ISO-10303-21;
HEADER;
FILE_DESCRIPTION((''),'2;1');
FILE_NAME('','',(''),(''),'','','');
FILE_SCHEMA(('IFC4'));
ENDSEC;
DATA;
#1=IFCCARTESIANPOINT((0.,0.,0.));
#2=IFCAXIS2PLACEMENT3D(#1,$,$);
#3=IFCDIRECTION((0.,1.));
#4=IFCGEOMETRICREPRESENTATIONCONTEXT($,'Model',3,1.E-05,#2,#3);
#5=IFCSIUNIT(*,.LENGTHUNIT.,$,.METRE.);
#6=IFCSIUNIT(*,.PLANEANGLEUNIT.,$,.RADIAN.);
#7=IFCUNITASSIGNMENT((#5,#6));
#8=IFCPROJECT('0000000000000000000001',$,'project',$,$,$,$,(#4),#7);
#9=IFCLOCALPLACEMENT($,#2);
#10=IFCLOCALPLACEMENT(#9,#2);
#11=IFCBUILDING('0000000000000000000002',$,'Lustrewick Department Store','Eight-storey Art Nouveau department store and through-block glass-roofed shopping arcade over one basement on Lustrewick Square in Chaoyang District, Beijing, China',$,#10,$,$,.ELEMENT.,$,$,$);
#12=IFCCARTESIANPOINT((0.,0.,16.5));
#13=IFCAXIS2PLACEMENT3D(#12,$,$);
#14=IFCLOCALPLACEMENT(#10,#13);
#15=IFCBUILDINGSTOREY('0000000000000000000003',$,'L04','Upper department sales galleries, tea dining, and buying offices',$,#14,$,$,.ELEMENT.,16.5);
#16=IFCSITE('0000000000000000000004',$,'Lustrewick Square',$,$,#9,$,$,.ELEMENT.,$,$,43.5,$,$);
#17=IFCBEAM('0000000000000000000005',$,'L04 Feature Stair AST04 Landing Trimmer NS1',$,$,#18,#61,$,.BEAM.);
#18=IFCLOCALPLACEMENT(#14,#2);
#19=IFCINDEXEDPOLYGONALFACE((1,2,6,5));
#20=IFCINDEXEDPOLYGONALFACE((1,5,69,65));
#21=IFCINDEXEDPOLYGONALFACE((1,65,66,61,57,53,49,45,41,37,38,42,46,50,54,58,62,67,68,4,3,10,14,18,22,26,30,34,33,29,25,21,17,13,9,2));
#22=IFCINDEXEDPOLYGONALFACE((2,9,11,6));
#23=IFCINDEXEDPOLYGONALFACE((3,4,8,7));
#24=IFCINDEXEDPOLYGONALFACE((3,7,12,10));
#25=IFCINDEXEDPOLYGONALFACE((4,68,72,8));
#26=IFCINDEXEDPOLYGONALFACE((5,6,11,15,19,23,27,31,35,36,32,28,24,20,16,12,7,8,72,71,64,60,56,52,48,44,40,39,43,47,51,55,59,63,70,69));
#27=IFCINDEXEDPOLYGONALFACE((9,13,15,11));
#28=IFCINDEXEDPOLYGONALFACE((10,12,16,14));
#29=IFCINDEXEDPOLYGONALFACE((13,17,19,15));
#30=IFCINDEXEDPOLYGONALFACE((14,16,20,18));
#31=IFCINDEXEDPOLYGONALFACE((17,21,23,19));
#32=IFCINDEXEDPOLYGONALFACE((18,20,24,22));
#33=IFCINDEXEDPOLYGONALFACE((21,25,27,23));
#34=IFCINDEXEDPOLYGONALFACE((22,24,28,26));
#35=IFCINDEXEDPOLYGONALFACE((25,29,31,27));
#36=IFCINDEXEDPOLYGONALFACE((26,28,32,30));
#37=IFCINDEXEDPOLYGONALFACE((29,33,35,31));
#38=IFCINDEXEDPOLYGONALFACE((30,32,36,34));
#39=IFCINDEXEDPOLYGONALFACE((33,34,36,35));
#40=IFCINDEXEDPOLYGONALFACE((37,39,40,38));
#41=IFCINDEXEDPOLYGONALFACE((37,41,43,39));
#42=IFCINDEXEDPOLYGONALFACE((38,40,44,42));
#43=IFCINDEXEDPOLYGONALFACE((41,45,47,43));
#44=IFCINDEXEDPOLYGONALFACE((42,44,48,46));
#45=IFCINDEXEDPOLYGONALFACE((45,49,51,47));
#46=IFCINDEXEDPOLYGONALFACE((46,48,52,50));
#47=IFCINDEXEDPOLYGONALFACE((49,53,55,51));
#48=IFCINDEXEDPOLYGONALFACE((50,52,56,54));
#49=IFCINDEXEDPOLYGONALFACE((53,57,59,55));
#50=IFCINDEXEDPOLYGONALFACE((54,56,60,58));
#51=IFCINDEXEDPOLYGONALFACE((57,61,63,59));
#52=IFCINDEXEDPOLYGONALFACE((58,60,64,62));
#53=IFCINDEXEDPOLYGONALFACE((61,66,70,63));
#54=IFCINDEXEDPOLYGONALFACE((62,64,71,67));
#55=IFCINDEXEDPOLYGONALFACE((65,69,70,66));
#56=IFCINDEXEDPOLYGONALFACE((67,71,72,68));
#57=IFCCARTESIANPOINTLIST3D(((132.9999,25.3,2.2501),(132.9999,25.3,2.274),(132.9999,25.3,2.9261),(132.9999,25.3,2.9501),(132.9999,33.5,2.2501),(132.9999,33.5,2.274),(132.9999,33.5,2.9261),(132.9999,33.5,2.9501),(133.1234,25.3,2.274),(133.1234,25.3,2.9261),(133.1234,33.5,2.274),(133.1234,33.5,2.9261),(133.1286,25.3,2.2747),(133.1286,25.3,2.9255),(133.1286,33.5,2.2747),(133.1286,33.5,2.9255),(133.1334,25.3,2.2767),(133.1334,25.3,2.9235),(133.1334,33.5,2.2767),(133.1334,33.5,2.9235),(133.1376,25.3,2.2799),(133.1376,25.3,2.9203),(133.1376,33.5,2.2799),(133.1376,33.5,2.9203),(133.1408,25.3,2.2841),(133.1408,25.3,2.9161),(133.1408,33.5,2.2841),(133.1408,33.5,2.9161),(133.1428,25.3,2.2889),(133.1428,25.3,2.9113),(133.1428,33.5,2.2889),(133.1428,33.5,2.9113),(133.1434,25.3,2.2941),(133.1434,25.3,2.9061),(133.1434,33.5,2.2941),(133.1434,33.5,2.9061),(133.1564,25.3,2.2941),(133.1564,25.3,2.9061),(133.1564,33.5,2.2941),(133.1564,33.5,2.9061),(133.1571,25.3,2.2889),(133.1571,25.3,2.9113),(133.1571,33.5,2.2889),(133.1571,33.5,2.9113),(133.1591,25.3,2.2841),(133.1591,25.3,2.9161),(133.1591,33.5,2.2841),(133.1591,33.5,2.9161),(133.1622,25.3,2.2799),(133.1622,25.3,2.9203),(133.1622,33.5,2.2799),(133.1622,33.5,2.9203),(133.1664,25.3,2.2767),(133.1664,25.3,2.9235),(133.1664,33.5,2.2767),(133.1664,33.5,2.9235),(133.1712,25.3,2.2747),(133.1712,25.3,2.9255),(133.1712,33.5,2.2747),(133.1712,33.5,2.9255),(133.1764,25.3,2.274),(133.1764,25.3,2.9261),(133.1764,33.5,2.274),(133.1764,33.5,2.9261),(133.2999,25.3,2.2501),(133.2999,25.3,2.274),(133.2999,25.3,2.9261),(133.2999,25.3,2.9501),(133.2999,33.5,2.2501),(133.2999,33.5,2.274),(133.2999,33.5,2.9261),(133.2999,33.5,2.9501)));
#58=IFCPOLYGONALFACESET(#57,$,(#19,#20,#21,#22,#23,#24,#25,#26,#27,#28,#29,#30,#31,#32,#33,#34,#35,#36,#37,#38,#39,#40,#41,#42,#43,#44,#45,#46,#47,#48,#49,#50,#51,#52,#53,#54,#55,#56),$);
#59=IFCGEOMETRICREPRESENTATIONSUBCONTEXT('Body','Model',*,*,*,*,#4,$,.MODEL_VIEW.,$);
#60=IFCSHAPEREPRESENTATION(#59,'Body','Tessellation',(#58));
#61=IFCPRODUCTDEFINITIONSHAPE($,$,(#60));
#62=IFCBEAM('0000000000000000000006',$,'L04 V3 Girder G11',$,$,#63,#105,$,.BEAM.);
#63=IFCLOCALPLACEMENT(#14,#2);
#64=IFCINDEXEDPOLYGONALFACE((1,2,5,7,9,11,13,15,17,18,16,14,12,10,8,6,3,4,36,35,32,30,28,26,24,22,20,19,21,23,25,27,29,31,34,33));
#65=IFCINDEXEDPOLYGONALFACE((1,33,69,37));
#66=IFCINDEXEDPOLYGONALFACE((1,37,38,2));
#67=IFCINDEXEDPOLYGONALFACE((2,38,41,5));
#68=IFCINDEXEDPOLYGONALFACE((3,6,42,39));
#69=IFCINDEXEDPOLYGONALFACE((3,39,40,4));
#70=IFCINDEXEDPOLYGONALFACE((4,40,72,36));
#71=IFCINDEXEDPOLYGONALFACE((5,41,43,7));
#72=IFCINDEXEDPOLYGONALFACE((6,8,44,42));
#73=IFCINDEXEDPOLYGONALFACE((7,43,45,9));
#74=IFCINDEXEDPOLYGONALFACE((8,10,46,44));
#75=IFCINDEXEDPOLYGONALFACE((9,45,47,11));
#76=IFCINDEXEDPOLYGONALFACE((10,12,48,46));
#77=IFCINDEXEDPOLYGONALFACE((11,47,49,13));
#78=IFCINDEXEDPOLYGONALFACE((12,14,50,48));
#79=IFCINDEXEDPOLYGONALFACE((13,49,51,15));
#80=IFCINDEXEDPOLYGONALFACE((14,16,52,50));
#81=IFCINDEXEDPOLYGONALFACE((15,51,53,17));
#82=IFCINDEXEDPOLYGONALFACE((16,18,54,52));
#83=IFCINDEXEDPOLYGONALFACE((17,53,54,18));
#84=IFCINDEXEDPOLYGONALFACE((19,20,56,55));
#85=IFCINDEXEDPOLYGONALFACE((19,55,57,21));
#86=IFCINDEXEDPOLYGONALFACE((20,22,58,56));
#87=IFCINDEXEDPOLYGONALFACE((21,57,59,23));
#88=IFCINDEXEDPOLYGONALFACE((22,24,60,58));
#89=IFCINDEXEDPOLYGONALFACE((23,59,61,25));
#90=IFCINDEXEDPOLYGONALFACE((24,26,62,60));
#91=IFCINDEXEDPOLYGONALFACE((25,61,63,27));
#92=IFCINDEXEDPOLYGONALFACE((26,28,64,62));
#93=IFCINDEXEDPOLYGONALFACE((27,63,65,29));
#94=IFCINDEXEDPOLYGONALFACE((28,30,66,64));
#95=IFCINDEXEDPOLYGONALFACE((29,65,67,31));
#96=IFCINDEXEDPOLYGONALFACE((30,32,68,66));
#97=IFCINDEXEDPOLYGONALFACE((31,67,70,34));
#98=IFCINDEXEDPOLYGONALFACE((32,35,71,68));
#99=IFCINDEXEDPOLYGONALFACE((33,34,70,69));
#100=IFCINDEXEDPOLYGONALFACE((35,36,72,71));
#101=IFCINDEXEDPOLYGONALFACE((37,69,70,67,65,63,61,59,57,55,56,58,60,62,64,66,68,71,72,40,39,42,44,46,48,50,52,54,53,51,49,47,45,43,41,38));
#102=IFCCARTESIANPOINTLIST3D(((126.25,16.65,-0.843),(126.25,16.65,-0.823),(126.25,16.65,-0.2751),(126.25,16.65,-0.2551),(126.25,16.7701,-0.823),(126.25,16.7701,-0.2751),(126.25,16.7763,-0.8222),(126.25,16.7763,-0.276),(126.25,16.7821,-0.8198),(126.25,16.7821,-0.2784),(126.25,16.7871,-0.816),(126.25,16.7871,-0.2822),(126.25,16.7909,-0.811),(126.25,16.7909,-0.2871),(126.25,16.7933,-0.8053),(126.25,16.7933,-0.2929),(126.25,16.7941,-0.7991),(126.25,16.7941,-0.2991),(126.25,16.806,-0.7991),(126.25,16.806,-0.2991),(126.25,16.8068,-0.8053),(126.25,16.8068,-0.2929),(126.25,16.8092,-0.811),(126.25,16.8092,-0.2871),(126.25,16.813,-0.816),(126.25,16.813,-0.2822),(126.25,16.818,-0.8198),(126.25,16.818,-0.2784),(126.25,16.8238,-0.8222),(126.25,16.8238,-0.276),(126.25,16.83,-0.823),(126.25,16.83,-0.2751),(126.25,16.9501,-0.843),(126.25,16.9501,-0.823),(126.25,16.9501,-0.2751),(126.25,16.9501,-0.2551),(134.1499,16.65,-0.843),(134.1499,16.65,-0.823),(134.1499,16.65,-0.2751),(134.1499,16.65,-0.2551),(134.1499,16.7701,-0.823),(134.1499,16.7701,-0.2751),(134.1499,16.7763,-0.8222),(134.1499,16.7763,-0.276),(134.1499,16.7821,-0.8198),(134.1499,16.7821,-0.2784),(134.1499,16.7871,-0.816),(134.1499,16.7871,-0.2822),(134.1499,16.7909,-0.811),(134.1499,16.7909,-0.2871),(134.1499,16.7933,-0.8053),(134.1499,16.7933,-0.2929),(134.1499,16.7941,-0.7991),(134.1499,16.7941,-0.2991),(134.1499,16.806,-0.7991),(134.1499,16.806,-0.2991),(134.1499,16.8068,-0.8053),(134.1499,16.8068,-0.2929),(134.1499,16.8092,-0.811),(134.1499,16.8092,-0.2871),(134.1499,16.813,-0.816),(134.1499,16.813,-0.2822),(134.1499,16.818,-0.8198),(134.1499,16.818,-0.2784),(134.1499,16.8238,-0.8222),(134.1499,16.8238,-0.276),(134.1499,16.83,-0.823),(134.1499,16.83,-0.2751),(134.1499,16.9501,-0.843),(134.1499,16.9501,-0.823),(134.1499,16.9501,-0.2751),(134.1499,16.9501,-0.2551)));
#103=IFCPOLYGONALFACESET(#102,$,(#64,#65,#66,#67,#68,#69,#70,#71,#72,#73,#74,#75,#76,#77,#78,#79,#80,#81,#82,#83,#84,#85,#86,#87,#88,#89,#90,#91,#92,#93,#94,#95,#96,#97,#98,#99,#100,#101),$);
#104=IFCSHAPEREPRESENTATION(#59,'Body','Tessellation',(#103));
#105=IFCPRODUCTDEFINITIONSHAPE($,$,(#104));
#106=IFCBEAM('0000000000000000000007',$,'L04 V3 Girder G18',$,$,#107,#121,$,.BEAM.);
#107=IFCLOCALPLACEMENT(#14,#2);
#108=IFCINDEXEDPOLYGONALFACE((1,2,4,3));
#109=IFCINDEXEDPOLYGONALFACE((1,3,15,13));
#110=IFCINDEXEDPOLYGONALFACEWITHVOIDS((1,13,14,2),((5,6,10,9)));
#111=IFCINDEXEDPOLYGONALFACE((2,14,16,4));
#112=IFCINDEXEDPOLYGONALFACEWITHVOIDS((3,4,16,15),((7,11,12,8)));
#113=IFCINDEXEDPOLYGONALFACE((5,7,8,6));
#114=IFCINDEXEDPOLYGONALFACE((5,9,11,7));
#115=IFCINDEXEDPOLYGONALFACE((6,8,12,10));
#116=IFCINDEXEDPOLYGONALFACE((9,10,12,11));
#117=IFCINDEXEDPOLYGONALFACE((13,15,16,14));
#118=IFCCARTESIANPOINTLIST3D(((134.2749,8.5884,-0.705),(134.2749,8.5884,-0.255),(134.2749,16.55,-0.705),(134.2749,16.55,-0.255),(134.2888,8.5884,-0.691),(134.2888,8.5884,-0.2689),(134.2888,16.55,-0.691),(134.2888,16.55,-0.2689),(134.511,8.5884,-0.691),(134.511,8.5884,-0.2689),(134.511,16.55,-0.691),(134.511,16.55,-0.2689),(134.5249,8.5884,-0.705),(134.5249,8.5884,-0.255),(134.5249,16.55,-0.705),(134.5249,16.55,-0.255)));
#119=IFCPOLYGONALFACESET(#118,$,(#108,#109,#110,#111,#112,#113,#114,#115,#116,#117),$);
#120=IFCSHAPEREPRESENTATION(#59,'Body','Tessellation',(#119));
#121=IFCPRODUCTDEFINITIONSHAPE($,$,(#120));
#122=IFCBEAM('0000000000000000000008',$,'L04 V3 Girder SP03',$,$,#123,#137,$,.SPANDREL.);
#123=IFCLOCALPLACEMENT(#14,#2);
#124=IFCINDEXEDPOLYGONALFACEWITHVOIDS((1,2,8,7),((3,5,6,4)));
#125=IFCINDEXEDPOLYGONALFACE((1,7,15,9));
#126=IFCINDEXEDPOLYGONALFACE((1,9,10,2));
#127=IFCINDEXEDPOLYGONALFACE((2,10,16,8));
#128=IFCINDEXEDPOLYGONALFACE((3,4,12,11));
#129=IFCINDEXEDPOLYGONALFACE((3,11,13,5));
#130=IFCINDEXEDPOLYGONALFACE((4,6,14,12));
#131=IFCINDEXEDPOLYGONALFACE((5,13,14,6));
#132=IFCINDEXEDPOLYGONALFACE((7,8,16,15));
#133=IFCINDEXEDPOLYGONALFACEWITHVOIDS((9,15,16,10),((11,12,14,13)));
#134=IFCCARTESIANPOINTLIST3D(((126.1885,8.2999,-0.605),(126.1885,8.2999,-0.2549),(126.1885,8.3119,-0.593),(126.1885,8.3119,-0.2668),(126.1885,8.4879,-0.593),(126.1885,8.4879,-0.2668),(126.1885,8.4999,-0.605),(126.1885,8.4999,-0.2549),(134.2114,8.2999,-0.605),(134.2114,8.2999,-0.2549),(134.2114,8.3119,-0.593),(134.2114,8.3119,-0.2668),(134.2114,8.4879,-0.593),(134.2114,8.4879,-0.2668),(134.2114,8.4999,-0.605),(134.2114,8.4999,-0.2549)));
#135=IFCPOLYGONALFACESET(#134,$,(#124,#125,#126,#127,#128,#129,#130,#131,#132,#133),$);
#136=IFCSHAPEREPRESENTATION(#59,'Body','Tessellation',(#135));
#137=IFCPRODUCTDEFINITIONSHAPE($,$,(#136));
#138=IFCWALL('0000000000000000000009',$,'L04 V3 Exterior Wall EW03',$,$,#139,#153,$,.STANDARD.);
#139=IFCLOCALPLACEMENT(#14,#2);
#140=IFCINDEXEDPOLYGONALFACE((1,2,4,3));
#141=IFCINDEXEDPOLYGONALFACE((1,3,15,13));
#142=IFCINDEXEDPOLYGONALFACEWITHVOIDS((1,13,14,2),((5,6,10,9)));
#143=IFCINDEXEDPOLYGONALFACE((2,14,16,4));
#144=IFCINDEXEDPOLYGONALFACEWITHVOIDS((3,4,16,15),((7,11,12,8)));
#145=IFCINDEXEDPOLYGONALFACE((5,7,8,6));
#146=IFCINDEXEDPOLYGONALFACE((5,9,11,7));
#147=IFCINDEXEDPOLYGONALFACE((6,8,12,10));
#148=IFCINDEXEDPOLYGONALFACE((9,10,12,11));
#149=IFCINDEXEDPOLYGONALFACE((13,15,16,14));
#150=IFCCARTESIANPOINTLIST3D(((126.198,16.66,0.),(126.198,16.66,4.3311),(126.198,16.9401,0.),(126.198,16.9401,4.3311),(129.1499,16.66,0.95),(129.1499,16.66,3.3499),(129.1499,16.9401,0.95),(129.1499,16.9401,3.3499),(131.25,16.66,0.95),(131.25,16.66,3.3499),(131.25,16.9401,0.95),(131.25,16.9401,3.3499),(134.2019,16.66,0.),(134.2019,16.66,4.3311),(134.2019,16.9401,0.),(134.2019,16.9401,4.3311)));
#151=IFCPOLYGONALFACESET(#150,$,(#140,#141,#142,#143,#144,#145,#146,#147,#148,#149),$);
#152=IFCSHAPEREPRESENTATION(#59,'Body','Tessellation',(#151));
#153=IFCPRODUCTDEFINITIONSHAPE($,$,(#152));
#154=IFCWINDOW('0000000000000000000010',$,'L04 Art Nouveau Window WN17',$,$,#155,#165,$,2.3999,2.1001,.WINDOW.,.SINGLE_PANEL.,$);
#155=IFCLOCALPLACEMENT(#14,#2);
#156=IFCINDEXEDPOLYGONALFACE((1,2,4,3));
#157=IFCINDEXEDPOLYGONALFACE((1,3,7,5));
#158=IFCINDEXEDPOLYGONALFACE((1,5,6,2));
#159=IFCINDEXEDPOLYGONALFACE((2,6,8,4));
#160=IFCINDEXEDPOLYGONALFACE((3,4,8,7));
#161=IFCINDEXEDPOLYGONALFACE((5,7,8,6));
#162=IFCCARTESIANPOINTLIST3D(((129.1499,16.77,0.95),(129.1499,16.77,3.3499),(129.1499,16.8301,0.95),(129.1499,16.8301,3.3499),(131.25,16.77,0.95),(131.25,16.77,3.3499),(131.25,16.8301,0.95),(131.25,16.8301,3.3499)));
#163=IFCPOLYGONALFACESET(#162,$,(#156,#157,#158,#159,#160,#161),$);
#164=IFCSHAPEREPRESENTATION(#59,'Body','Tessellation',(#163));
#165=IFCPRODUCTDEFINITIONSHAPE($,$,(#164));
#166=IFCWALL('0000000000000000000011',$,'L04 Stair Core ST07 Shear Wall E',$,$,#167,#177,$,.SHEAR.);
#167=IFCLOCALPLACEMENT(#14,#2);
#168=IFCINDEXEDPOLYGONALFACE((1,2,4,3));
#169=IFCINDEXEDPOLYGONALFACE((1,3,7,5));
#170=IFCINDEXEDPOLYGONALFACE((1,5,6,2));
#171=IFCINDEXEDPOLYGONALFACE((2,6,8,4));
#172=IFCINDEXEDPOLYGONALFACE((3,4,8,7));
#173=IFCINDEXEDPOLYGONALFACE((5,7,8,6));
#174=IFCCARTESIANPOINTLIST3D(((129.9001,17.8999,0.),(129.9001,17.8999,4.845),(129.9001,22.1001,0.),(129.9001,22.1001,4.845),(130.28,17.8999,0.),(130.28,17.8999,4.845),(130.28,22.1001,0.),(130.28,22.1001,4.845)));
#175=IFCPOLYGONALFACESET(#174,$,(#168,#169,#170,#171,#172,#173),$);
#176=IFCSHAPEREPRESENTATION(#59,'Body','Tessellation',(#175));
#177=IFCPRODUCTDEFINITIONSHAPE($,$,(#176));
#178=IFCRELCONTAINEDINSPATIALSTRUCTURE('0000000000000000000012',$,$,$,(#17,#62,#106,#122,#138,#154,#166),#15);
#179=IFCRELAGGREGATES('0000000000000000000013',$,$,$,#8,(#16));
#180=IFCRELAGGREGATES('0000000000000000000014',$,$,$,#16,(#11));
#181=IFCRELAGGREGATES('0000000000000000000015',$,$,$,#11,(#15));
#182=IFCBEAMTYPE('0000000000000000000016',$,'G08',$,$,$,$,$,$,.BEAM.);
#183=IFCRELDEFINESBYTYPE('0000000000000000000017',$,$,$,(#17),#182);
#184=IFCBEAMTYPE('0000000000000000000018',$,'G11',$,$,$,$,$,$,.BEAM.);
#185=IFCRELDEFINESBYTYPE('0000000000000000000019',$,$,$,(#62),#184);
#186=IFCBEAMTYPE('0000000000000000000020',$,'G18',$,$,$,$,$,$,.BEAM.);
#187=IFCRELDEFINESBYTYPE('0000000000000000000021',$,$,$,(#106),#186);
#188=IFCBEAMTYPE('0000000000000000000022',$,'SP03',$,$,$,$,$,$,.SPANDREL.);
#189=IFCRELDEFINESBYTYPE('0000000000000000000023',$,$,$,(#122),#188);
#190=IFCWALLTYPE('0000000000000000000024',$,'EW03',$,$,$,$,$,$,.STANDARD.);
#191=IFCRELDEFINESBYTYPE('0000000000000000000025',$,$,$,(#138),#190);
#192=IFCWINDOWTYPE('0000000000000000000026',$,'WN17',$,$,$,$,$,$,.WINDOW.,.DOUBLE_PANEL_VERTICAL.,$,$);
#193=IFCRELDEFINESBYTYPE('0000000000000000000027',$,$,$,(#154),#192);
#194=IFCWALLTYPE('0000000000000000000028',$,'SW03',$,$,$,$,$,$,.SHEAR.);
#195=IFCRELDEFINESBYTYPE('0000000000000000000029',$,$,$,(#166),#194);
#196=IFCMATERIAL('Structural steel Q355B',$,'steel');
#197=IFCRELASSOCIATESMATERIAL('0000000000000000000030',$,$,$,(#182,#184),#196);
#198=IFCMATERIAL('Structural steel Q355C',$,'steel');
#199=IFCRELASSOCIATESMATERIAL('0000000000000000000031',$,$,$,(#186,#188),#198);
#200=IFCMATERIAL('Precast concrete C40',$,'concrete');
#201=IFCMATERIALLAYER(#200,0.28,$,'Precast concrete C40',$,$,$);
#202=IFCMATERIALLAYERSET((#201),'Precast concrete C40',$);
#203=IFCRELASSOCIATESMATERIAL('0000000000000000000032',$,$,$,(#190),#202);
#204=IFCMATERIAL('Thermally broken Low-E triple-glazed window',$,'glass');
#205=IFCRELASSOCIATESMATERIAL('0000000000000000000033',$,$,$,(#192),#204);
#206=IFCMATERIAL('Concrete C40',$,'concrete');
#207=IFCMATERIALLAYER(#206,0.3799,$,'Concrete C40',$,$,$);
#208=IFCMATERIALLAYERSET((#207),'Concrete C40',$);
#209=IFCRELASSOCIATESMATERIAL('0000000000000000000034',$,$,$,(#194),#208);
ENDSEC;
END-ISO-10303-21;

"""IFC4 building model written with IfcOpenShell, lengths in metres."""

from ifc_helpers import new_model, si_unit, direction, frame, frame_2d, origin, origin_2d, place, context, subcontext, project, spatial, rectangle, hollow_rectangle, i_section, extrude, material, layer, layer_set, material_profile, profile_set, type_object, element, fill, save


model = new_model("IFC4")

# Units and contexts
model_context = context("Model", 3, precision=1e-05, world=origin(), true_north=direction((0.0, 1.0)))
body_context = subcontext(model_context, "Body", "Model", "MODEL_VIEW")
ifc_project = project(units=[si_unit("LENGTHUNIT", "METRE"), si_unit("PLANEANGLEUNIT", "RADIAN")], contexts=[model_context])

# Site, building, storey
site_placement = place(None, origin())
site = spatial("IfcSite", under=ifc_project, at=site_placement, Name="Lustrewick Square", CompositionType="ELEMENT", RefElevation=43.5)
building_placement = place(site_placement, origin())
building = spatial("IfcBuilding", under=site, at=building_placement, Name="Lustrewick Department Store", Description="Eight-storey Art Nouveau department store and through-block glass-roofed shopping arcade over one basement on Lustrewick Square in Chaoyang District, Beijing, China", CompositionType="ELEMENT")
storey_placement = place(building_placement, frame((0.0, 0.0, 16.5)))
storey = spatial("IfcBuildingStorey", under=building, at=storey_placement, Name="L04", Description="Upper department sales galleries, tea dining, and buying offices", CompositionType="ELEMENT", Elevation=16.5)

# Shared definitions
ifc_material_1 = material(Name="Structural steel Q355C", Category="steel")

# Beams
ifc_material_2 = material(Name="Structural steel Q355B", Category="steel")
ifc_material_profile_1 = material_profile(ifc_material_2, i_section(OverallWidth=0.3, OverallDepth=0.7, WebThickness=0.0129, FlangeThickness=0.0239, FilletRadius=0.02, at=origin_2d()), Name="HN 700x300x13x24")
ifc_profile_set_1 = profile_set([ifc_material_profile_1], Name="Structural steel Q355B")
beam_type_1 = type_object("IfcBeamType", Name="G08", PredefinedType="BEAM", material=ifc_profile_set_1)
beam_1_placement = place(storey_placement, frame((133.1499, 25.3, 2.6001), z_axis=(0.0, 1.0, 0.0), x_axis=(-1.0, 0.0, 0.0)))
element("IfcBeam", 1, at=beam_1_placement, inside=storey, type_object=beam_type_1, Name="L04 Feature Stair AST04 Landing Trimmer NS1", PredefinedType="BEAM", context=body_context, shape_type="SweptSolid", body=[
    extrude(i_section(OverallWidth=0.3, OverallDepth=0.7, WebThickness=0.0129, FlangeThickness=0.0239, FilletRadius=0.02, at=origin_2d()), origin(), (0.0, 0.0, 1.0), 8.2),
])
ifc_material_profile_2 = material_profile(ifc_material_2, i_section(OverallWidth=0.3, OverallDepth=0.5879, WebThickness=0.012, FlangeThickness=0.02, FilletRadius=0.0239, at=origin_2d()), Name="HM 588x300x12x20")
ifc_profile_set_2 = profile_set([ifc_material_profile_2], Name="Structural steel Q355B")
beam_type_2 = type_object("IfcBeamType", Name="G11", PredefinedType="BEAM", material=ifc_profile_set_2)
beam_2_placement = place(storey_placement, frame((126.25, 16.8, -0.5491), z_axis=(1.0, 0.0, 0.0), x_axis=(0.0, 1.0, 0.0)))
element("IfcBeam", 2, at=beam_2_placement, inside=storey, type_object=beam_type_2, Name="L04 V3 Girder G11", PredefinedType="BEAM", context=body_context, shape_type="SweptSolid", body=[
    extrude(i_section(OverallWidth=0.3, OverallDepth=0.5879, WebThickness=0.012, FlangeThickness=0.02, FilletRadius=0.0239, at=origin_2d()), origin(), (0.0, 0.0, 1.0), 7.8999),
])
ifc_material_profile_3 = material_profile(ifc_material_1, hollow_rectangle(XDim=0.25, YDim=0.45, WallThickness=0.0139, at=origin_2d()), Name="RHS 450x250x14")
ifc_profile_set_3 = profile_set([ifc_material_profile_3], Name="Structural steel Q355C")
beam_type_3 = type_object("IfcBeamType", Name="G18", PredefinedType="BEAM", material=ifc_profile_set_3)
beam_3_placement = place(storey_placement, frame((134.3999, 8.5884, -0.48), z_axis=(0.0, 1.0, 0.0), x_axis=(-1.0, 0.0, 0.0)))
element("IfcBeam", 3, at=beam_3_placement, inside=storey, type_object=beam_type_3, Name="L04 V3 Girder G18", PredefinedType="BEAM", context=body_context, shape_type="SweptSolid", body=[
    extrude(hollow_rectangle(XDim=0.25, YDim=0.45, WallThickness=0.0139, at=origin_2d()), origin(), (0.0, 0.0, 1.0), 7.9617),
])
ifc_material_profile_4 = material_profile(ifc_material_1, hollow_rectangle(XDim=0.2, YDim=0.3501, WallThickness=0.012, at=origin_2d()), Name="RHS 350x200x12")
ifc_profile_set_4 = profile_set([ifc_material_profile_4], Name="Structural steel Q355C")
beam_type_4 = type_object("IfcBeamType", Name="SP03", PredefinedType="SPANDREL", material=ifc_profile_set_4)
beam_4_placement = place(storey_placement, frame((126.1885, 8.3999, -0.4299), z_axis=(1.0, 0.0, 0.0), x_axis=(0.0, 1.0, 0.0)))
element("IfcBeam", 4, at=beam_4_placement, inside=storey, type_object=beam_type_4, Name="L04 V3 Girder SP03", PredefinedType="SPANDREL", context=body_context, shape_type="SweptSolid", body=[
    extrude(hollow_rectangle(XDim=0.2, YDim=0.3501, WallThickness=0.012, at=origin_2d()), origin(), (0.0, 0.0, 1.0), 8.0229),
])

# Wall, opening, window
ifc_material_3 = material(Name="Precast concrete C40", Category="concrete")
ifc_layer_1 = layer(ifc_material_3, 0.28, Name="Precast concrete C40")
ifc_layer_set_1 = layer_set([ifc_layer_1], Name="Precast concrete C40")
wall_type_1 = type_object("IfcWallType", Name="EW03", PredefinedType="STANDARD", material=ifc_layer_set_1)
wall_1_placement = place(storey_placement, frame((126.198, 16.8, 0.0), z_axis=(0.0, 0.0, 1.0), x_axis=(1.0, 0.0, 0.0)))
wall_1 = element("IfcWall", 5, at=wall_1_placement, inside=storey, type_object=wall_type_1, Name="L04 V3 Exterior Wall EW03", PredefinedType="STANDARD", context=body_context, shape_type="SweptSolid", body=[
    extrude(rectangle(XDim=8.0039, YDim=0.28, at=frame_2d((4.002, 0.0))), origin(), (0.0, 0.0, 1.0), 4.3311),
])
opening_placement = place(wall_1_placement, frame((2.9519, 0.0, 0.95)))
opening = element("IfcOpeningElement", 6, at=opening_placement, cuts=wall_1, PredefinedType="OPENING", context=body_context, shape_type="SweptSolid", body=[
    extrude(rectangle(XDim=2.1001, YDim=2.3999, at=frame_2d((1.05, 1.2))), frame((0.0, 0.1499, 0.0), z_axis=(0.0, -1.0, 0.0), x_axis=(1.0, 0.0, 0.0)), (0.0, 0.0, 1.0), 0.3),
])
ifc_material_4 = material(Name="Thermally broken Low-E triple-glazed window", Category="glass")
window_type = type_object("IfcWindowType", Name="WN17", PartitioningType="DOUBLE_PANEL_VERTICAL", PredefinedType="WINDOW", material=ifc_material_4)
window_placement = place(opening_placement, origin())
window = element("IfcWindow", 7, at=window_placement, inside=storey, type_object=window_type, Name="L04 Art Nouveau Window WN17", OverallHeight=2.3999, OverallWidth=2.1001, PartitioningType="SINGLE_PANEL", PredefinedType="WINDOW", context=body_context, shape_type="SweptSolid", body=[
    extrude(rectangle(XDim=2.1001, YDim=2.3999, at=frame_2d((1.05, 1.2))), frame((0.0, 0.03, 0.0), z_axis=(0.0, -1.0, 0.0), x_axis=(1.0, 0.0, 0.0)), (0.0, 0.0, 1.0), 0.0601),
])
fill(opening, window)

# Wall
ifc_material_5 = material(Name="Concrete C40", Category="concrete")
ifc_layer_2 = layer(ifc_material_5, 0.3799, Name="Concrete C40")
ifc_layer_set_2 = layer_set([ifc_layer_2], Name="Concrete C40")
wall_type_2 = type_object("IfcWallType", Name="SW03", PredefinedType="SHEAR", material=ifc_layer_set_2)
wall_2_placement = place(storey_placement, frame((130.0901, 17.8999, 0.0), z_axis=(0.0, 0.0, 1.0), x_axis=(0.0, 1.0, 0.0)))
element("IfcWall", 8, at=wall_2_placement, inside=storey, type_object=wall_type_2, Name="L04 Stair Core ST07 Shear Wall E", PredefinedType="SHEAR", context=body_context, shape_type="SweptSolid", body=[
    extrude(rectangle(XDim=4.2002, YDim=0.3799, at=frame_2d((2.1001, 0.0))), origin(), (0.0, 0.0, 1.0), 4.845),
])

save(model, "model.ifc")
